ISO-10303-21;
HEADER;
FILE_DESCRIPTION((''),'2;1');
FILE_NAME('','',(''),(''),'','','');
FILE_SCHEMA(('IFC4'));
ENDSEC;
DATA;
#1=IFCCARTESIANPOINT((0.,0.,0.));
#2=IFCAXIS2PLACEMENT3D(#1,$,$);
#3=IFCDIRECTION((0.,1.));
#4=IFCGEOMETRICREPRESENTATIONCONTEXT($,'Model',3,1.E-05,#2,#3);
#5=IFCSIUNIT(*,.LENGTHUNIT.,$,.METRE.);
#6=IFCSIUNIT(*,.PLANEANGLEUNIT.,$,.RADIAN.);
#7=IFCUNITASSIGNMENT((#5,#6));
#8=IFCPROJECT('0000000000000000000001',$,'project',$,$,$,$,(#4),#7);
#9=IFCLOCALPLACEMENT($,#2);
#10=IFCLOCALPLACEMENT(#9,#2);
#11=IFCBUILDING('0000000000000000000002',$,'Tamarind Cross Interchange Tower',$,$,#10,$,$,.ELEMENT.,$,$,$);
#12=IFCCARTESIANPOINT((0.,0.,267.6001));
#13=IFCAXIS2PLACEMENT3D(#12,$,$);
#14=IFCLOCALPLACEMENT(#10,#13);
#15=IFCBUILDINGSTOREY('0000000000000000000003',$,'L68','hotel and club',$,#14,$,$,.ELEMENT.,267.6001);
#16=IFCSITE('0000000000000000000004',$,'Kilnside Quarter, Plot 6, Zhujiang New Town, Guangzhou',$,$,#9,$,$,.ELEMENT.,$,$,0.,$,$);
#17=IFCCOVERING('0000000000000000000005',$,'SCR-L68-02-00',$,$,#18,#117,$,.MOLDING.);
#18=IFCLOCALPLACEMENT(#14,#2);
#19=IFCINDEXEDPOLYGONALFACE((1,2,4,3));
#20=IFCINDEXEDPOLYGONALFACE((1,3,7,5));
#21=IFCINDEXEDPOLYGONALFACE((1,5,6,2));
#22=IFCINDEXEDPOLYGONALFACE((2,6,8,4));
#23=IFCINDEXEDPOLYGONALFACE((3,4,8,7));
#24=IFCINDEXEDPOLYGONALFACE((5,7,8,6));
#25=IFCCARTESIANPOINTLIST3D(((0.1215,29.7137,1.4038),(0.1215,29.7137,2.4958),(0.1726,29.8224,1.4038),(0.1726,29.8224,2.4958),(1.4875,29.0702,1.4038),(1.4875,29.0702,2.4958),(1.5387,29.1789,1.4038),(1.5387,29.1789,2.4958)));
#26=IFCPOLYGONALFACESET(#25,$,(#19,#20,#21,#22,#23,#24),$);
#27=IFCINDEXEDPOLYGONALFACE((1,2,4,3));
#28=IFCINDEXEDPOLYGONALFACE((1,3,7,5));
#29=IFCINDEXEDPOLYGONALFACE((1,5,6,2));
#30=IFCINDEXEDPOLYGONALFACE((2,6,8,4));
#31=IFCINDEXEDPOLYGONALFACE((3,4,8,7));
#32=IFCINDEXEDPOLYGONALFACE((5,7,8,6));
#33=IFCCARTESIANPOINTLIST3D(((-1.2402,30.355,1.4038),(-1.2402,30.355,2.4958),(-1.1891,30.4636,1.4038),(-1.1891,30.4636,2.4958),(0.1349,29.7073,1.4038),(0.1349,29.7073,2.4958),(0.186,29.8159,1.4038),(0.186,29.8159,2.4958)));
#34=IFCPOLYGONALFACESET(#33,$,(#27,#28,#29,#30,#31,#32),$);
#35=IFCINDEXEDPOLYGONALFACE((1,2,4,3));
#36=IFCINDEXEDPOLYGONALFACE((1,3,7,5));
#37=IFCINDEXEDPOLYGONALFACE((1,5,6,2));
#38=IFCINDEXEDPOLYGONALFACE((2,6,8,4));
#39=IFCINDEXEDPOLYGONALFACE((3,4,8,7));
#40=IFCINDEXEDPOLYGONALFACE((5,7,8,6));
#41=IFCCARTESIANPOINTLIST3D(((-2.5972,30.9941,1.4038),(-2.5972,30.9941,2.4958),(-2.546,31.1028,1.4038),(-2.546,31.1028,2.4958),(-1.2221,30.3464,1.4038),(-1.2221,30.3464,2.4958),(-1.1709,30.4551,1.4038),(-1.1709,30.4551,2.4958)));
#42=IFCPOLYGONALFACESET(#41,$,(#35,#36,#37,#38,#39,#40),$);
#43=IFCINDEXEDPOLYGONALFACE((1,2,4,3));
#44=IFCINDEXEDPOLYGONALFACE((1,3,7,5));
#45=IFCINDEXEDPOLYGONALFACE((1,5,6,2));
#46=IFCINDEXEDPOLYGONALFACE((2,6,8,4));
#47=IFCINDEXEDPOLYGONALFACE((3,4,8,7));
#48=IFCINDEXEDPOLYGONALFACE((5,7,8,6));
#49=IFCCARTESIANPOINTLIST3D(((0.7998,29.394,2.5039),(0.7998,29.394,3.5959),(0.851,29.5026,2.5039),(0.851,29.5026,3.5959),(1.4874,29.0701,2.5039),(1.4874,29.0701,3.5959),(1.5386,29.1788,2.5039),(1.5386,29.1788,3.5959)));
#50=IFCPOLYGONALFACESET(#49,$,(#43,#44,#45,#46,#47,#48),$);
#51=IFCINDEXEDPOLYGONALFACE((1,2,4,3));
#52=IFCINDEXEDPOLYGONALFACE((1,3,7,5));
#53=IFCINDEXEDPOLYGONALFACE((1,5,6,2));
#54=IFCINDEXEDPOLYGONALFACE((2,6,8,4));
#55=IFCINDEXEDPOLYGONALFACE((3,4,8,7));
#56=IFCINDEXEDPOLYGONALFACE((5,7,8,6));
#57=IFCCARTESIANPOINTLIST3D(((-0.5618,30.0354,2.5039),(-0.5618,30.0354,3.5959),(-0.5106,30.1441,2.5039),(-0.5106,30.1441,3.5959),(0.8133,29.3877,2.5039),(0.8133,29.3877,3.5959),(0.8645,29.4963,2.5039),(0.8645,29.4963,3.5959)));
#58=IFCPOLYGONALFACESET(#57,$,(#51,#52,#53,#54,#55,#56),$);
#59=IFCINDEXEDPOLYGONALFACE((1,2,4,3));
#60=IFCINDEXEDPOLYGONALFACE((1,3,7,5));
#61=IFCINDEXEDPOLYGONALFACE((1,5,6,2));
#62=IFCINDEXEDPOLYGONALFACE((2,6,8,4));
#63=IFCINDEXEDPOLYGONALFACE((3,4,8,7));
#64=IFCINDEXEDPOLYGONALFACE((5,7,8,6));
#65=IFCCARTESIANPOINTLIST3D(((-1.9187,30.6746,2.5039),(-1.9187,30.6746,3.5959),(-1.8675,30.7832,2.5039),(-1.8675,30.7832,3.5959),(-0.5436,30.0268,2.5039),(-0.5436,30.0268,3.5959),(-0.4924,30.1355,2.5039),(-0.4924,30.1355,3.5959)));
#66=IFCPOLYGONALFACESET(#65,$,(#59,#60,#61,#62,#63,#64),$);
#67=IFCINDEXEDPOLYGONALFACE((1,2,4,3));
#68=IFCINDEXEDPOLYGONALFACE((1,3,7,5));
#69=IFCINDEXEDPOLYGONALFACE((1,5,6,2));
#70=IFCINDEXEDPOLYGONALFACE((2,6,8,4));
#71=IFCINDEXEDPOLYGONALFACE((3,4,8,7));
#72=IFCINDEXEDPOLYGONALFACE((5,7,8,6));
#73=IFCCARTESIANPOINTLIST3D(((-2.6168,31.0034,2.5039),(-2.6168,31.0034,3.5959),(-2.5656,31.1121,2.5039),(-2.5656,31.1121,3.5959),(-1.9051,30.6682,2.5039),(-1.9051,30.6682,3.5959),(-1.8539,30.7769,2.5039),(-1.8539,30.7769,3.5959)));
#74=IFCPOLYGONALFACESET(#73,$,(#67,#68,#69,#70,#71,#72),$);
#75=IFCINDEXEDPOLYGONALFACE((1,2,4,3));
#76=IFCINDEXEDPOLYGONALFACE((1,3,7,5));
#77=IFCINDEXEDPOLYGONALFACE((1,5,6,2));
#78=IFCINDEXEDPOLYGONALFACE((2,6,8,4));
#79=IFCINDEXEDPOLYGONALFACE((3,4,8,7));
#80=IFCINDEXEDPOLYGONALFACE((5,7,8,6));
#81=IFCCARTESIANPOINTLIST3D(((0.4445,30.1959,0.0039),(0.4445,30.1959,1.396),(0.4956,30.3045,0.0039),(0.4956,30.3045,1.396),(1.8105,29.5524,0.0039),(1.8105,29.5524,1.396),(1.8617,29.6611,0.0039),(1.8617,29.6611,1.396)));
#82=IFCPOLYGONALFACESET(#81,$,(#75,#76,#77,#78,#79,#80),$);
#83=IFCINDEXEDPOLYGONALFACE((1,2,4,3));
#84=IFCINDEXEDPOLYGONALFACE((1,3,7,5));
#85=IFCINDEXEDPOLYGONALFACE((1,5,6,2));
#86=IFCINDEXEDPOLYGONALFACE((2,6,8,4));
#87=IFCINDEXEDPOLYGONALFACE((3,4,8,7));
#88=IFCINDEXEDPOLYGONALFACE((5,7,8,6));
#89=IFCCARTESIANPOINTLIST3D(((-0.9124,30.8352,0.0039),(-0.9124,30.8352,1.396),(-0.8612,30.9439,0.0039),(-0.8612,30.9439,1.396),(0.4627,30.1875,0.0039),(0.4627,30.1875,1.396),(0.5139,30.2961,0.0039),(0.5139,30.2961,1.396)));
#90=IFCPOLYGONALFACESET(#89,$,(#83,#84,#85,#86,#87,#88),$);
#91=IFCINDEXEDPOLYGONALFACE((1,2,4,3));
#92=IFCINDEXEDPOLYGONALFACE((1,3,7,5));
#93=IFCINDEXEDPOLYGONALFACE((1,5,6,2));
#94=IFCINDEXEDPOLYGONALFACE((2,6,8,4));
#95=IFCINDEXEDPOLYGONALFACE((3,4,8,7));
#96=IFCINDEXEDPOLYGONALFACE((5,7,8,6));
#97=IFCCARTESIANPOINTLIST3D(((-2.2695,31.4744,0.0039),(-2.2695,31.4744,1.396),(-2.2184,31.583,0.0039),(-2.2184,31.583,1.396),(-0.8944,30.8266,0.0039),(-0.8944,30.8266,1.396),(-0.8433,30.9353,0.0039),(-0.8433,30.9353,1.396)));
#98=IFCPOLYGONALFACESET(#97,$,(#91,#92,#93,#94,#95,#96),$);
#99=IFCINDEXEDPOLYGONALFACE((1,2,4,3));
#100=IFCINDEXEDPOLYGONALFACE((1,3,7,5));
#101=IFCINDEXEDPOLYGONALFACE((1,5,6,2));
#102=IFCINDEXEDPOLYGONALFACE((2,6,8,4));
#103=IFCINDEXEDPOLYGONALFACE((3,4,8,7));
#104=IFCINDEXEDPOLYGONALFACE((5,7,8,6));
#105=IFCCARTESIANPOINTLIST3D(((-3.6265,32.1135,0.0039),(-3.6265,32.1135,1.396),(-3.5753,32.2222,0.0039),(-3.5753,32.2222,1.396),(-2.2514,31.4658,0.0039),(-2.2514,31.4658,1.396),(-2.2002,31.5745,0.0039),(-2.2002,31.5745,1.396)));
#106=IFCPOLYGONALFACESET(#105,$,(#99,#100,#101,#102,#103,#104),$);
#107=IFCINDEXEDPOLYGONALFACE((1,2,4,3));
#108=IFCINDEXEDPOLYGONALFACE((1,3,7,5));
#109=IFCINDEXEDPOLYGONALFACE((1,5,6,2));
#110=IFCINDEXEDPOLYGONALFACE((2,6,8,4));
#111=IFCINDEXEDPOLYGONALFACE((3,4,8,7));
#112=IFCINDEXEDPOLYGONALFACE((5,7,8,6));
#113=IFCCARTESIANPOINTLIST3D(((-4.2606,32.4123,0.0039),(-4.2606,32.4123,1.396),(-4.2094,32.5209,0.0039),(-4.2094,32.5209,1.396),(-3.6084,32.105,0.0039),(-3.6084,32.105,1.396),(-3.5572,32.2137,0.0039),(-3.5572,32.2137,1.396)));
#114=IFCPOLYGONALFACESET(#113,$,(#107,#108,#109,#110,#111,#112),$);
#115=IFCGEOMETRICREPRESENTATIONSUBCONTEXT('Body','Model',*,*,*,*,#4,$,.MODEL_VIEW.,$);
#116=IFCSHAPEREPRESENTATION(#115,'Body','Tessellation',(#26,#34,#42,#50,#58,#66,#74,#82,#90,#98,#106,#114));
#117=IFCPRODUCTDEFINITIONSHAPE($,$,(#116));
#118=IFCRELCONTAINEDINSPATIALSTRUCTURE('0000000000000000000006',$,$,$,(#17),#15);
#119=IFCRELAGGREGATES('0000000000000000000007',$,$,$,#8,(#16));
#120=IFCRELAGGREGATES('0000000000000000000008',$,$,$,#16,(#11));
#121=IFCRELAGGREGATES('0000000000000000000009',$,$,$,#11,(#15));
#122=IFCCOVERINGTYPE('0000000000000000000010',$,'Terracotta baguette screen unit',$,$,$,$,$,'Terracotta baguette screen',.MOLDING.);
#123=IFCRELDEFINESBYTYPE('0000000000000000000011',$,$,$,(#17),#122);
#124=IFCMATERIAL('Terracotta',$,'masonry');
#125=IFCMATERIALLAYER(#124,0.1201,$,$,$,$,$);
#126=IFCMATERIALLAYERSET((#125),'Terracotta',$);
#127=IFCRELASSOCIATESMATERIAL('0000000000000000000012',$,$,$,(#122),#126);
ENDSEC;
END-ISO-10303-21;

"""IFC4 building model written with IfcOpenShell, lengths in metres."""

from ifc_helpers import new_model, si_unit, direction, frame, origin, origin_2d, place, context, subcontext, project, spatial, rectangle, extrude, material, layer, layer_set, type_object, element, save


model = new_model("IFC4")

# Units and contexts
model_context = context("Model", 3, precision=1e-05, world=origin(), true_north=direction((0.0, 1.0)))
body_context = subcontext(model_context, "Body", "Model", "MODEL_VIEW")
ifc_project = project(units=[si_unit("LENGTHUNIT", "METRE"), si_unit("PLANEANGLEUNIT", "RADIAN")], contexts=[model_context])

# Site, building, storey
site_placement = place(None, origin())
site = spatial("IfcSite", under=ifc_project, at=site_placement, Name="Kilnside Quarter, Plot 6, Zhujiang New Town, Guangzhou", CompositionType="ELEMENT", RefElevation=0.0)
building_placement = place(site_placement, origin())
building = spatial("IfcBuilding", under=site, at=building_placement, Name="Tamarind Cross Interchange Tower", CompositionType="ELEMENT")
storey_placement = place(building_placement, frame((0.0, 0.0, 267.6001)))
storey = spatial("IfcBuildingStorey", under=building, at=storey_placement, Name="L68", Description="hotel and club", CompositionType="ELEMENT", Elevation=267.6001)

# Covering
ifc_material_1 = material(Name="Terracotta", Category="masonry")
ifc_layer_1 = layer(ifc_material_1, 0.1201)
ifc_layer_set_1 = layer_set([ifc_layer_1], Name="Terracotta")
covering_type = type_object("IfcCoveringType", Name="Terracotta baguette screen unit", ElementType="Terracotta baguette screen", PredefinedType="MOLDING", material=ifc_layer_set_1)
covering_1_placement = place(storey_placement, origin())
element("IfcCovering", 1, at=covering_1_placement, inside=storey, type_object=covering_type, Name="SCR-L68-02-00", PredefinedType="MOLDING", context=body_context, shape_type="SweptSolid", body=[
    extrude(rectangle(XDim=1.51, YDim=0.1201, at=origin_2d()), frame((0.8301, 29.4463, 1.4038), z_axis=(0.0, 0.0, 1.0), x_axis=(-0.904661, 0.426133, 0.0)), (0.0, 0.0, 1.0), 1.092),
    extrude(rectangle(XDim=1.52, YDim=0.1201, at=origin_2d()), frame((-0.5271, 30.0854, 1.4038), z_axis=(0.0, 0.0, 1.0), x_axis=(-0.904661, 0.426133, 0.0)), (0.0, 0.0, 1.0), 1.092),
    extrude(rectangle(XDim=1.52, YDim=0.1201, at=origin_2d()), frame((-1.884, 30.7246, 1.4038), z_axis=(0.0, 0.0, 1.0), x_axis=(-0.904661, 0.426133, 0.0)), (0.0, 0.0, 1.0), 1.092),
    extrude(rectangle(XDim=0.76, YDim=0.1201, at=origin_2d()), frame((1.1692, 29.2864, 2.5039), z_axis=(0.0, 0.0, 1.0), x_axis=(-0.904661, 0.426133, 0.0)), (0.0, 0.0, 1.0), 1.092),
    extrude(rectangle(XDim=1.52, YDim=0.1201, at=origin_2d()), frame((0.1514, 29.7659, 2.5039), z_axis=(0.0, 0.0, 1.0), x_axis=(-0.904661, 0.426133, 0.0)), (0.0, 0.0, 1.0), 1.092),
    extrude(rectangle(XDim=1.52, YDim=0.1201, at=origin_2d()), frame((-1.2056, 30.405, 2.5039), z_axis=(0.0, 0.0, 1.0), x_axis=(-0.904661, 0.426133, 0.0)), (0.0, 0.0, 1.0), 1.092),
    extrude(rectangle(XDim=0.7866, YDim=0.1201, at=origin_2d()), frame((-2.2354, 30.8901, 2.5039), z_axis=(0.0, 0.0, 1.0), x_axis=(-0.904661, 0.426133, 0.0)), (0.0, 0.0, 1.0), 1.092),
    extrude(rectangle(XDim=1.51, YDim=0.1201, at=origin_2d()), frame((1.1531, 29.9285, 0.0039), z_axis=(0.0, 0.0, 1.0), x_axis=(-0.904661, 0.426133, 0.0)), (0.0, 0.0, 1.0), 1.3921),
    extrude(rectangle(XDim=1.52, YDim=0.1201, at=origin_2d()), frame((-0.1992, 30.5657, 0.0039), z_axis=(0.0, 0.0, 1.0), x_axis=(-0.904661, 0.426133, 0.0)), (0.0, 0.0, 1.0), 1.3921),
    extrude(rectangle(XDim=1.52, YDim=0.1201, at=origin_2d()), frame((-1.5564, 31.2048, 0.0039), z_axis=(0.0, 0.0, 1.0), x_axis=(-0.904661, 0.426133, 0.0)), (0.0, 0.0, 1.0), 1.3921),
    extrude(rectangle(XDim=1.52, YDim=0.1201, at=origin_2d()), frame((-2.9133, 31.844, 0.0039), z_axis=(0.0, 0.0, 1.0), x_axis=(-0.904661, 0.426133, 0.0)), (0.0, 0.0, 1.0), 1.3921),
    extrude(rectangle(XDim=0.7209, YDim=0.1201, at=origin_2d()), frame((-3.9089, 32.313, 0.0039), z_axis=(0.0, 0.0, 1.0), x_axis=(-0.904661, 0.426133, 0.0)), (0.0, 0.0, 1.0), 1.3921),
])

save(model, "model.ifc")
